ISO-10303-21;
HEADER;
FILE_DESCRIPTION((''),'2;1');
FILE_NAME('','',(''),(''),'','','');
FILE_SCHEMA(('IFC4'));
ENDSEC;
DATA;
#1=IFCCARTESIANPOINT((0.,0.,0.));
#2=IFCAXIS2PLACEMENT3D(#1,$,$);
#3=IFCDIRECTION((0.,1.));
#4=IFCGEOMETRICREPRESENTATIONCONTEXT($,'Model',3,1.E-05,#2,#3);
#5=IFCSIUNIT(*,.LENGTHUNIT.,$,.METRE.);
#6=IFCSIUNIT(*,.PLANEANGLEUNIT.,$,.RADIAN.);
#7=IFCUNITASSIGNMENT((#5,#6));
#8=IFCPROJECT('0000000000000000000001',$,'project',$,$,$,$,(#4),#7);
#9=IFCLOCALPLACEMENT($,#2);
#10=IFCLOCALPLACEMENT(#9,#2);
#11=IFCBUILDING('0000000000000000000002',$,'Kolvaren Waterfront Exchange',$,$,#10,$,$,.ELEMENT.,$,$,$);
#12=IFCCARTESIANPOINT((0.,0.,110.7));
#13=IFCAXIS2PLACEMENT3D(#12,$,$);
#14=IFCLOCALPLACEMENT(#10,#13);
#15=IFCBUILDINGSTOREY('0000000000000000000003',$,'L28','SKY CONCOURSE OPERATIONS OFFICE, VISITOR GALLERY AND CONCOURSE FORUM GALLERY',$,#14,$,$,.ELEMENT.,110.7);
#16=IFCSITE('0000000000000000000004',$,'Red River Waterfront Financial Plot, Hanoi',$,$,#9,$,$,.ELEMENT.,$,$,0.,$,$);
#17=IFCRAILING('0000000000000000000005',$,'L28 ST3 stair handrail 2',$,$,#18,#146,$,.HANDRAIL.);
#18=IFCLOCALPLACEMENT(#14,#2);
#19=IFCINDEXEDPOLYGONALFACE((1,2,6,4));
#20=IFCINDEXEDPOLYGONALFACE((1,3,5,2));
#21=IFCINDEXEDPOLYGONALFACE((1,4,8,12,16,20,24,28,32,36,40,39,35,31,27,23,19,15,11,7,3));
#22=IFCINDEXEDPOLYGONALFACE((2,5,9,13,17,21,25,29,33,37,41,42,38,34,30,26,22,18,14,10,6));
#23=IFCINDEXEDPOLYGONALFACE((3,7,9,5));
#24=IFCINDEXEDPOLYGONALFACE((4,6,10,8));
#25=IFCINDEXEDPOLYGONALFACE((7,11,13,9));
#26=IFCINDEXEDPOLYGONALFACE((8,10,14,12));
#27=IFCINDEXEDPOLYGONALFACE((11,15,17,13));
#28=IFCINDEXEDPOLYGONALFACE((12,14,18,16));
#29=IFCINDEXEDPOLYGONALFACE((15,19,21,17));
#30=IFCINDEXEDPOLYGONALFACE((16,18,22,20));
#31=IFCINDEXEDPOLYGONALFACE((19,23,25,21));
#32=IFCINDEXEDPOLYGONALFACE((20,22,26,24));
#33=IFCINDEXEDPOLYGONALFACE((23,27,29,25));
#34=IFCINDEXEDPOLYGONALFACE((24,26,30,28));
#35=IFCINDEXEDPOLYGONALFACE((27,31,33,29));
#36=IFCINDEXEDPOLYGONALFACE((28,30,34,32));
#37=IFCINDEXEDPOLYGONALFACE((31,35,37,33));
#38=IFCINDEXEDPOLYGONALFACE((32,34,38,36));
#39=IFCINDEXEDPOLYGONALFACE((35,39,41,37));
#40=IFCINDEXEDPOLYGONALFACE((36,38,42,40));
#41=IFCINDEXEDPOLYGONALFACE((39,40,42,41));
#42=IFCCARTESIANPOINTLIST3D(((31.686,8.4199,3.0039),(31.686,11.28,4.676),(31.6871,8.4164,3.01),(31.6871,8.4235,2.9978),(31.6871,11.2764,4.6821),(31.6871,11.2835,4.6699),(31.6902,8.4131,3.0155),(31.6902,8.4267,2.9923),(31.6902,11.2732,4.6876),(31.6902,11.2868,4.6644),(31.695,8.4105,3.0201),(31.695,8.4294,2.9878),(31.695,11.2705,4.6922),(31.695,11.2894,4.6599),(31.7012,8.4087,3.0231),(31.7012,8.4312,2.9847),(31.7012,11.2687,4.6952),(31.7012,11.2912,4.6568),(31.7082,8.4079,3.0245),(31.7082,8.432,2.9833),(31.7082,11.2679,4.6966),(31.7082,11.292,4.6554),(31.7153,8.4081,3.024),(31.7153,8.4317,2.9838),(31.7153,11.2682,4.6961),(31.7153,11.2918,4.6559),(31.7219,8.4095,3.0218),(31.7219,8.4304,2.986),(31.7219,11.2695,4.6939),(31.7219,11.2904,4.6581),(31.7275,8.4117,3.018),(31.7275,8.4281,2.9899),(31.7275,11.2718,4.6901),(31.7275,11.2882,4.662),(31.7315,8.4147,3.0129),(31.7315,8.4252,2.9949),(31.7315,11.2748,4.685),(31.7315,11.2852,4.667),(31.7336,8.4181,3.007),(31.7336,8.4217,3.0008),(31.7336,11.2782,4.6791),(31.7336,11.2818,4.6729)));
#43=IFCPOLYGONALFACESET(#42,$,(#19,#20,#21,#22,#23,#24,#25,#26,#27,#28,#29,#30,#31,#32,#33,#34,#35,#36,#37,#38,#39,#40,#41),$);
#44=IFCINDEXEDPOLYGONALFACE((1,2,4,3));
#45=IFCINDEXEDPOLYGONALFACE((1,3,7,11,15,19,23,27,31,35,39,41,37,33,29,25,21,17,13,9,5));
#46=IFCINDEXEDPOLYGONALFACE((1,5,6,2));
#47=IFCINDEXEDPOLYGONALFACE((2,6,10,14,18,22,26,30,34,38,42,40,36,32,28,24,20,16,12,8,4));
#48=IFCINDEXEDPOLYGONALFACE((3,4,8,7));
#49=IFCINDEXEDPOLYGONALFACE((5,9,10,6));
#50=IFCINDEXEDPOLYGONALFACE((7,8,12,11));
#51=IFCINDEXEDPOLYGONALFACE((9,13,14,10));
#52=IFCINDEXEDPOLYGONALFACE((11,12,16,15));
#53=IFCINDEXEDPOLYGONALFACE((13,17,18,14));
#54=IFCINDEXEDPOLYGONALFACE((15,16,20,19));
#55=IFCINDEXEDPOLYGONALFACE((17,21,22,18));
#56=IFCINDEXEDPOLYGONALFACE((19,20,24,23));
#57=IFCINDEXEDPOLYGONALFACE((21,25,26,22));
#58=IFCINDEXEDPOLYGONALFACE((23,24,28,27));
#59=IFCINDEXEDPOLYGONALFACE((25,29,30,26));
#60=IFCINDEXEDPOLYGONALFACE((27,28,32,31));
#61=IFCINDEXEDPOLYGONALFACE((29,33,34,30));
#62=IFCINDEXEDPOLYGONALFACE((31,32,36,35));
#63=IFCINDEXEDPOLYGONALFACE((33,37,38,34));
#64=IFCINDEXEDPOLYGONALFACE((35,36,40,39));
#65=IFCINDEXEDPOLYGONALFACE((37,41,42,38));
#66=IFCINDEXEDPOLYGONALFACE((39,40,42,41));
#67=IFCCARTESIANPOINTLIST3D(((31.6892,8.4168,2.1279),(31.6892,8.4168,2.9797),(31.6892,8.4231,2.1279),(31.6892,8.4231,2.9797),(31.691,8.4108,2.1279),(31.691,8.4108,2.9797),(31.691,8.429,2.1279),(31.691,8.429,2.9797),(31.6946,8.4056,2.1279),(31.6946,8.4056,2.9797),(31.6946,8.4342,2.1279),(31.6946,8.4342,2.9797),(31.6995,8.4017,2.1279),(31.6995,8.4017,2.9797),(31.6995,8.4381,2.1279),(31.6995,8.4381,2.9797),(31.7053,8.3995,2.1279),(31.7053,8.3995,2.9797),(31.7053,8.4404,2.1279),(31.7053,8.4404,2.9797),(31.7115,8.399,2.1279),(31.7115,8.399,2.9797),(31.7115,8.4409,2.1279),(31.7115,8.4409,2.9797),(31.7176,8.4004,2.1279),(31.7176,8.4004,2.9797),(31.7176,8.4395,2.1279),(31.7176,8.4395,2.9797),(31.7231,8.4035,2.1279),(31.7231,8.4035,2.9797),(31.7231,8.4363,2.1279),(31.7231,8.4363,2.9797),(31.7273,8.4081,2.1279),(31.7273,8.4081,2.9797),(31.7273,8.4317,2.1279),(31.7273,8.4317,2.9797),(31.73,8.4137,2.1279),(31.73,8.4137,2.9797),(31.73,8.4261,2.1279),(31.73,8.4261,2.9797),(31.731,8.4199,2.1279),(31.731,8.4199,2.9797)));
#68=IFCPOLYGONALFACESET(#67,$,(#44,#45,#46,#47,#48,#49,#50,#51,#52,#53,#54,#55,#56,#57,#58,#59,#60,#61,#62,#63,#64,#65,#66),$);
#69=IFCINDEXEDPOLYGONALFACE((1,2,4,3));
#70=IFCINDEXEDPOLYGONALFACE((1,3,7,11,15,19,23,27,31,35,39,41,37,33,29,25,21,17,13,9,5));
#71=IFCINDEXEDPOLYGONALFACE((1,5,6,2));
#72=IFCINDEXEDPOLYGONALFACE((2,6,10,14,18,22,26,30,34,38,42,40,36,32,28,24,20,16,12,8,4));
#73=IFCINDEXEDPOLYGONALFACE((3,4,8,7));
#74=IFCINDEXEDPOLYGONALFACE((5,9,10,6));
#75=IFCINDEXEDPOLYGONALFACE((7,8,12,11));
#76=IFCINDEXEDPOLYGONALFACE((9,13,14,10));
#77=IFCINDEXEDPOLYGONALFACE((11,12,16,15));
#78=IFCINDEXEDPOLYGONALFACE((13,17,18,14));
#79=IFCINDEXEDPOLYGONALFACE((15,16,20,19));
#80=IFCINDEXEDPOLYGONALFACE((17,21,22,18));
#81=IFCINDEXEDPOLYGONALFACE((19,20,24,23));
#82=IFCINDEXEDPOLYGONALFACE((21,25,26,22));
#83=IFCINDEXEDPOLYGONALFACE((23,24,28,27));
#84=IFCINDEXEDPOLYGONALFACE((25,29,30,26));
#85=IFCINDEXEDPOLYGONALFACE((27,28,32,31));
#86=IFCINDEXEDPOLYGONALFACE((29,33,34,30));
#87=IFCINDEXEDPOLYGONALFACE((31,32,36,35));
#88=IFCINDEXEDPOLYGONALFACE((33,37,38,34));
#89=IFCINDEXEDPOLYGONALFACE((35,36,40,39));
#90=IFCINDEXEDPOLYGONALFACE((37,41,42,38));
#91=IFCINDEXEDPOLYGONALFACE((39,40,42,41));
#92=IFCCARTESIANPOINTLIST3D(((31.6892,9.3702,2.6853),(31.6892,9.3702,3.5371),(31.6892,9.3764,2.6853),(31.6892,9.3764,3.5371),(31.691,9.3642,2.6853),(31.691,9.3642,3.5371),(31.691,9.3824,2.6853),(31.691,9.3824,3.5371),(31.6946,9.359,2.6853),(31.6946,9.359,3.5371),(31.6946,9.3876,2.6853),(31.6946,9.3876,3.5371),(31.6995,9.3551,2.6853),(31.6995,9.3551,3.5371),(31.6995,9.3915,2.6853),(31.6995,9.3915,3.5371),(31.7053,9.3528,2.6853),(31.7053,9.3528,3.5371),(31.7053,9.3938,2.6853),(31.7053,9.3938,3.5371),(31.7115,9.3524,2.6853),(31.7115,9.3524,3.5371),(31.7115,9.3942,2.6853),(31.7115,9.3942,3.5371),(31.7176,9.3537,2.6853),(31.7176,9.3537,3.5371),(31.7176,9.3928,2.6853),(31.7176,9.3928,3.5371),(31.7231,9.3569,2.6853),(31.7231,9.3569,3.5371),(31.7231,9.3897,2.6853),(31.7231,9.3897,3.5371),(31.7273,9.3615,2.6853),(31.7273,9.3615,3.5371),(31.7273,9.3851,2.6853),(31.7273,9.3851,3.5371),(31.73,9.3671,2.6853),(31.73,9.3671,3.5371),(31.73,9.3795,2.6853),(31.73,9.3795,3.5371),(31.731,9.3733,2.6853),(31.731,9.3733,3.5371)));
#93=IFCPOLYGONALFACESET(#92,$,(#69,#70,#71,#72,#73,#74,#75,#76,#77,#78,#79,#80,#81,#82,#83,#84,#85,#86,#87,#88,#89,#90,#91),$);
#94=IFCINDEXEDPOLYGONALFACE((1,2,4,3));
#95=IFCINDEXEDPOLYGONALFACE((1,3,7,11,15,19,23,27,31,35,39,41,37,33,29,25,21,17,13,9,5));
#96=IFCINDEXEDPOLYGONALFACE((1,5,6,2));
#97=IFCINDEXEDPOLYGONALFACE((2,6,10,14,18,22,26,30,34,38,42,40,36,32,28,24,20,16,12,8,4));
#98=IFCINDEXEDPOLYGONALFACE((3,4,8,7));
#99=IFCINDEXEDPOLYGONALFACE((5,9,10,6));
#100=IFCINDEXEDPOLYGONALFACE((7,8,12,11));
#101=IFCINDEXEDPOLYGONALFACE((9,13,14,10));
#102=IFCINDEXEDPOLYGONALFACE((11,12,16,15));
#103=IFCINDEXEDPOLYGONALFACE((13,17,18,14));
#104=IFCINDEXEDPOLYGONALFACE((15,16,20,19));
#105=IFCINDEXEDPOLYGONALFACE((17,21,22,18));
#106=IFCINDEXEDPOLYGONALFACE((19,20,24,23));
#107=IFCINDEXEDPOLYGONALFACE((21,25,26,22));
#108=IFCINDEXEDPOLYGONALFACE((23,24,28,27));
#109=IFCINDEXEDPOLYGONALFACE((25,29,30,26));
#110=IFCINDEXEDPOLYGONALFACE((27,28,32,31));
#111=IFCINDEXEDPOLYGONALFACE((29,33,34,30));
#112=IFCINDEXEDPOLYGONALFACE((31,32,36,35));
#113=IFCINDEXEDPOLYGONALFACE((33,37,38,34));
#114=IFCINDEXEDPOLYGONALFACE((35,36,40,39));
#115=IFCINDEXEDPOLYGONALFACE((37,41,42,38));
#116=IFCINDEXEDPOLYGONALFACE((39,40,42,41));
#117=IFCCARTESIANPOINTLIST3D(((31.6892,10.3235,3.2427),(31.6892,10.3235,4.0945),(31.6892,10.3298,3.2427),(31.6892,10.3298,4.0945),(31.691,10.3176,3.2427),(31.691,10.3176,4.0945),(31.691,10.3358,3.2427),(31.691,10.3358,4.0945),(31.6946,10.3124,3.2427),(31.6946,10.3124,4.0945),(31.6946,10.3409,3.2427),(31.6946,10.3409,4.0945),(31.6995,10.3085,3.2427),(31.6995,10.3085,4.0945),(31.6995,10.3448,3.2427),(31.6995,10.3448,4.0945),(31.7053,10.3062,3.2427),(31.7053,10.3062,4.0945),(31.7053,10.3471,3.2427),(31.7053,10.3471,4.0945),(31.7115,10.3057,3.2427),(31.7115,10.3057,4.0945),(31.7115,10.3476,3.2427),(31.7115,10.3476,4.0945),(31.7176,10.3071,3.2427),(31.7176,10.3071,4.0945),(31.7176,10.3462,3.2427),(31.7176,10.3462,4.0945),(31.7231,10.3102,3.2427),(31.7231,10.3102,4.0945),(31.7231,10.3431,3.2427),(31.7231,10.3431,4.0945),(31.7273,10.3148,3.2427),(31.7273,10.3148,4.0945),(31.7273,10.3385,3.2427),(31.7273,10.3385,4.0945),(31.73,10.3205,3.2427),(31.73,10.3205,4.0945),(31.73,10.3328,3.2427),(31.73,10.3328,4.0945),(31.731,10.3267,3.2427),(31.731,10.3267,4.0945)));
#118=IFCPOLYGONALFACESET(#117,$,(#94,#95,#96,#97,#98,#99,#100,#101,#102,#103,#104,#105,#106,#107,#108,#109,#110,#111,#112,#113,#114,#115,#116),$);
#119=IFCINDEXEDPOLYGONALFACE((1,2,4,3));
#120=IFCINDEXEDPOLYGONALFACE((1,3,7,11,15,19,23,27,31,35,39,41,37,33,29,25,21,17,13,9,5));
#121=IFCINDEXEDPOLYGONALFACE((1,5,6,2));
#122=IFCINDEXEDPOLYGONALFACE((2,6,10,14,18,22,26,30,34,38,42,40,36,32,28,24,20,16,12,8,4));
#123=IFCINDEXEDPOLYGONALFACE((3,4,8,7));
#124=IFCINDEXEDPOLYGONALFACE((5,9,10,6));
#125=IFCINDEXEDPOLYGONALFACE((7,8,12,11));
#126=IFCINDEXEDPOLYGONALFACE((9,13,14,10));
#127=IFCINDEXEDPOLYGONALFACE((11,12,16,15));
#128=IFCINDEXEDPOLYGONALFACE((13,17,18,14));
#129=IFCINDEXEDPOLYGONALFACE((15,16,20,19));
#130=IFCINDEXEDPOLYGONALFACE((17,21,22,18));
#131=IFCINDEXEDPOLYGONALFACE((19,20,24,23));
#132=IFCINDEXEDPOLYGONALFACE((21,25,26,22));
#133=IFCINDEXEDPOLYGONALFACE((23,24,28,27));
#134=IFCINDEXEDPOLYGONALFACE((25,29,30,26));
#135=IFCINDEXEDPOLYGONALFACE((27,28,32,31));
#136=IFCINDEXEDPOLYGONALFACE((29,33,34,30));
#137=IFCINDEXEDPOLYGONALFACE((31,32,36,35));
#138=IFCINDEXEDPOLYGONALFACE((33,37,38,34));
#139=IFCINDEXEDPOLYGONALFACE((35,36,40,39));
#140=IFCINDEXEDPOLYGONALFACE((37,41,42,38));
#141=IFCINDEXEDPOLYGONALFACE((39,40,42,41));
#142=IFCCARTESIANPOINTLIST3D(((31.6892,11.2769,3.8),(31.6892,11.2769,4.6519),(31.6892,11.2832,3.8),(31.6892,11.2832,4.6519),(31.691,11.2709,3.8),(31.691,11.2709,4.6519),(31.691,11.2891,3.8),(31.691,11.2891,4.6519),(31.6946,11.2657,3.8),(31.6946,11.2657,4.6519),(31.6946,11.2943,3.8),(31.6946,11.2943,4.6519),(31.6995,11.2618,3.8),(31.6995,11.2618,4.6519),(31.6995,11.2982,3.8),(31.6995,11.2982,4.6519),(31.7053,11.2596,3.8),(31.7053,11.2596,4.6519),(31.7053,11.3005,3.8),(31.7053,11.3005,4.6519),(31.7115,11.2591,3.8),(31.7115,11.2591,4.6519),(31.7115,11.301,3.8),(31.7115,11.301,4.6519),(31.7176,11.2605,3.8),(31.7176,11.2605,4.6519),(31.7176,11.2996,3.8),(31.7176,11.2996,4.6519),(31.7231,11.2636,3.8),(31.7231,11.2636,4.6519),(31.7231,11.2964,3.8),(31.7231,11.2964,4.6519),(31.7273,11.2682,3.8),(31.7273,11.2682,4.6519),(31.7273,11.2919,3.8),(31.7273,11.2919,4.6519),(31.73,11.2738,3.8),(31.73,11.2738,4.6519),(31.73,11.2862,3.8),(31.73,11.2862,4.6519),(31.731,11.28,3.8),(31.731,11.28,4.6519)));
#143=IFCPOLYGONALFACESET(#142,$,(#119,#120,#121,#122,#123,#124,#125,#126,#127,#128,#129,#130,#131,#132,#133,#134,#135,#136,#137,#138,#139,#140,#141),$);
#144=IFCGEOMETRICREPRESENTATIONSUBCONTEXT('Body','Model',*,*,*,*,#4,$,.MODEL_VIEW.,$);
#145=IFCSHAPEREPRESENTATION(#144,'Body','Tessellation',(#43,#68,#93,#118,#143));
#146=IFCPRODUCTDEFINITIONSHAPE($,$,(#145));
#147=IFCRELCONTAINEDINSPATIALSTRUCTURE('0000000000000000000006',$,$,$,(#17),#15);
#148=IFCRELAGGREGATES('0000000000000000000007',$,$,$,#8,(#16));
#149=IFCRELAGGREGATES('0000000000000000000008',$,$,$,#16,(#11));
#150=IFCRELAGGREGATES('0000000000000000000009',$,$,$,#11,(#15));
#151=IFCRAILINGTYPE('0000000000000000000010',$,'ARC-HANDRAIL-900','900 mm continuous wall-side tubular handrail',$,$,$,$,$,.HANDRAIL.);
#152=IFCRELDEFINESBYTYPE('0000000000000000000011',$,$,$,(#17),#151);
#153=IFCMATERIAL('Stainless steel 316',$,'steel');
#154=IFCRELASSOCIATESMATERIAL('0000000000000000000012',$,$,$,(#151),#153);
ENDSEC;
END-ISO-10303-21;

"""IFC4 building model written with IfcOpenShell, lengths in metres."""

from ifc_helpers import new_model, si_unit, direction, frame, origin, origin_2d, place, context, subcontext, project, spatial, circle, extrude, material, type_object, element, save


model = new_model("IFC4")

# Units and contexts
model_context = context("Model", 3, precision=1e-05, world=origin(), true_north=direction((0.0, 1.0)))
body_context = subcontext(model_context, "Body", "Model", "MODEL_VIEW")
ifc_project = project(units=[si_unit("LENGTHUNIT", "METRE"), si_unit("PLANEANGLEUNIT", "RADIAN")], contexts=[model_context])

# Site, building, storey
site_placement = place(None, origin())
site = spatial("IfcSite", under=ifc_project, at=site_placement, Name="Red River Waterfront Financial Plot, Hanoi", CompositionType="ELEMENT", RefElevation=0.0)
building_placement = place(site_placement, origin())
building = spatial("IfcBuilding", under=site, at=building_placement, Name="Kolvaren Waterfront Exchange", CompositionType="ELEMENT")
storey_placement = place(building_placement, frame((0.0, 0.0, 110.7)))
storey = spatial("IfcBuildingStorey", under=building, at=storey_placement, Name="L28", Description="SKY CONCOURSE OPERATIONS OFFICE, VISITOR GALLERY AND CONCOURSE FORUM GALLERY", CompositionType="ELEMENT", Elevation=110.7)

# Railing
ifc_material_1 = material(Name="Stainless steel 316", Category="steel")
railing_type_1 = type_object("IfcRailingType", Name="ARC-HANDRAIL-900", Description="900 mm continuous wall-side tubular handrail", PredefinedType="HANDRAIL", material=ifc_material_1)
railing_1_placement = place(storey_placement, frame((31.71, 8.4199, 2.1279)))
element("IfcRailing", 1, at=railing_1_placement, inside=storey, type_object=railing_type_1, Name="L28 ST3 stair handrail 2", PredefinedType="HANDRAIL", context=body_context, shape_type="SweptSolid", body=[
    extrude(circle(Radius=0.0239, at=origin_2d()), frame((0.0, 0.0, 0.876), z_axis=(0.0, 0.863289, 0.504709), x_axis=(-1.0, 0.0, 0.0)), (0.0, 0.0, 1.0), 3.313),
    extrude(circle(Radius=0.021, at=origin_2d()), origin(), (0.0, 0.0, 1.0), 0.8518),
    extrude(circle(Radius=0.021, at=origin_2d()), frame((0.0, 0.9534, 0.5574)), (0.0, 0.0, 1.0), 0.8518),
    extrude(circle(Radius=0.021, at=origin_2d()), frame((0.0, 1.9067, 1.1147)), (0.0, 0.0, 1.0), 0.8518),
    extrude(circle(Radius=0.021, at=origin_2d()), frame((0.0, 2.8601, 1.6721)), (0.0, 0.0, 1.0), 0.8518),
])

save(model, "model.ifc")
